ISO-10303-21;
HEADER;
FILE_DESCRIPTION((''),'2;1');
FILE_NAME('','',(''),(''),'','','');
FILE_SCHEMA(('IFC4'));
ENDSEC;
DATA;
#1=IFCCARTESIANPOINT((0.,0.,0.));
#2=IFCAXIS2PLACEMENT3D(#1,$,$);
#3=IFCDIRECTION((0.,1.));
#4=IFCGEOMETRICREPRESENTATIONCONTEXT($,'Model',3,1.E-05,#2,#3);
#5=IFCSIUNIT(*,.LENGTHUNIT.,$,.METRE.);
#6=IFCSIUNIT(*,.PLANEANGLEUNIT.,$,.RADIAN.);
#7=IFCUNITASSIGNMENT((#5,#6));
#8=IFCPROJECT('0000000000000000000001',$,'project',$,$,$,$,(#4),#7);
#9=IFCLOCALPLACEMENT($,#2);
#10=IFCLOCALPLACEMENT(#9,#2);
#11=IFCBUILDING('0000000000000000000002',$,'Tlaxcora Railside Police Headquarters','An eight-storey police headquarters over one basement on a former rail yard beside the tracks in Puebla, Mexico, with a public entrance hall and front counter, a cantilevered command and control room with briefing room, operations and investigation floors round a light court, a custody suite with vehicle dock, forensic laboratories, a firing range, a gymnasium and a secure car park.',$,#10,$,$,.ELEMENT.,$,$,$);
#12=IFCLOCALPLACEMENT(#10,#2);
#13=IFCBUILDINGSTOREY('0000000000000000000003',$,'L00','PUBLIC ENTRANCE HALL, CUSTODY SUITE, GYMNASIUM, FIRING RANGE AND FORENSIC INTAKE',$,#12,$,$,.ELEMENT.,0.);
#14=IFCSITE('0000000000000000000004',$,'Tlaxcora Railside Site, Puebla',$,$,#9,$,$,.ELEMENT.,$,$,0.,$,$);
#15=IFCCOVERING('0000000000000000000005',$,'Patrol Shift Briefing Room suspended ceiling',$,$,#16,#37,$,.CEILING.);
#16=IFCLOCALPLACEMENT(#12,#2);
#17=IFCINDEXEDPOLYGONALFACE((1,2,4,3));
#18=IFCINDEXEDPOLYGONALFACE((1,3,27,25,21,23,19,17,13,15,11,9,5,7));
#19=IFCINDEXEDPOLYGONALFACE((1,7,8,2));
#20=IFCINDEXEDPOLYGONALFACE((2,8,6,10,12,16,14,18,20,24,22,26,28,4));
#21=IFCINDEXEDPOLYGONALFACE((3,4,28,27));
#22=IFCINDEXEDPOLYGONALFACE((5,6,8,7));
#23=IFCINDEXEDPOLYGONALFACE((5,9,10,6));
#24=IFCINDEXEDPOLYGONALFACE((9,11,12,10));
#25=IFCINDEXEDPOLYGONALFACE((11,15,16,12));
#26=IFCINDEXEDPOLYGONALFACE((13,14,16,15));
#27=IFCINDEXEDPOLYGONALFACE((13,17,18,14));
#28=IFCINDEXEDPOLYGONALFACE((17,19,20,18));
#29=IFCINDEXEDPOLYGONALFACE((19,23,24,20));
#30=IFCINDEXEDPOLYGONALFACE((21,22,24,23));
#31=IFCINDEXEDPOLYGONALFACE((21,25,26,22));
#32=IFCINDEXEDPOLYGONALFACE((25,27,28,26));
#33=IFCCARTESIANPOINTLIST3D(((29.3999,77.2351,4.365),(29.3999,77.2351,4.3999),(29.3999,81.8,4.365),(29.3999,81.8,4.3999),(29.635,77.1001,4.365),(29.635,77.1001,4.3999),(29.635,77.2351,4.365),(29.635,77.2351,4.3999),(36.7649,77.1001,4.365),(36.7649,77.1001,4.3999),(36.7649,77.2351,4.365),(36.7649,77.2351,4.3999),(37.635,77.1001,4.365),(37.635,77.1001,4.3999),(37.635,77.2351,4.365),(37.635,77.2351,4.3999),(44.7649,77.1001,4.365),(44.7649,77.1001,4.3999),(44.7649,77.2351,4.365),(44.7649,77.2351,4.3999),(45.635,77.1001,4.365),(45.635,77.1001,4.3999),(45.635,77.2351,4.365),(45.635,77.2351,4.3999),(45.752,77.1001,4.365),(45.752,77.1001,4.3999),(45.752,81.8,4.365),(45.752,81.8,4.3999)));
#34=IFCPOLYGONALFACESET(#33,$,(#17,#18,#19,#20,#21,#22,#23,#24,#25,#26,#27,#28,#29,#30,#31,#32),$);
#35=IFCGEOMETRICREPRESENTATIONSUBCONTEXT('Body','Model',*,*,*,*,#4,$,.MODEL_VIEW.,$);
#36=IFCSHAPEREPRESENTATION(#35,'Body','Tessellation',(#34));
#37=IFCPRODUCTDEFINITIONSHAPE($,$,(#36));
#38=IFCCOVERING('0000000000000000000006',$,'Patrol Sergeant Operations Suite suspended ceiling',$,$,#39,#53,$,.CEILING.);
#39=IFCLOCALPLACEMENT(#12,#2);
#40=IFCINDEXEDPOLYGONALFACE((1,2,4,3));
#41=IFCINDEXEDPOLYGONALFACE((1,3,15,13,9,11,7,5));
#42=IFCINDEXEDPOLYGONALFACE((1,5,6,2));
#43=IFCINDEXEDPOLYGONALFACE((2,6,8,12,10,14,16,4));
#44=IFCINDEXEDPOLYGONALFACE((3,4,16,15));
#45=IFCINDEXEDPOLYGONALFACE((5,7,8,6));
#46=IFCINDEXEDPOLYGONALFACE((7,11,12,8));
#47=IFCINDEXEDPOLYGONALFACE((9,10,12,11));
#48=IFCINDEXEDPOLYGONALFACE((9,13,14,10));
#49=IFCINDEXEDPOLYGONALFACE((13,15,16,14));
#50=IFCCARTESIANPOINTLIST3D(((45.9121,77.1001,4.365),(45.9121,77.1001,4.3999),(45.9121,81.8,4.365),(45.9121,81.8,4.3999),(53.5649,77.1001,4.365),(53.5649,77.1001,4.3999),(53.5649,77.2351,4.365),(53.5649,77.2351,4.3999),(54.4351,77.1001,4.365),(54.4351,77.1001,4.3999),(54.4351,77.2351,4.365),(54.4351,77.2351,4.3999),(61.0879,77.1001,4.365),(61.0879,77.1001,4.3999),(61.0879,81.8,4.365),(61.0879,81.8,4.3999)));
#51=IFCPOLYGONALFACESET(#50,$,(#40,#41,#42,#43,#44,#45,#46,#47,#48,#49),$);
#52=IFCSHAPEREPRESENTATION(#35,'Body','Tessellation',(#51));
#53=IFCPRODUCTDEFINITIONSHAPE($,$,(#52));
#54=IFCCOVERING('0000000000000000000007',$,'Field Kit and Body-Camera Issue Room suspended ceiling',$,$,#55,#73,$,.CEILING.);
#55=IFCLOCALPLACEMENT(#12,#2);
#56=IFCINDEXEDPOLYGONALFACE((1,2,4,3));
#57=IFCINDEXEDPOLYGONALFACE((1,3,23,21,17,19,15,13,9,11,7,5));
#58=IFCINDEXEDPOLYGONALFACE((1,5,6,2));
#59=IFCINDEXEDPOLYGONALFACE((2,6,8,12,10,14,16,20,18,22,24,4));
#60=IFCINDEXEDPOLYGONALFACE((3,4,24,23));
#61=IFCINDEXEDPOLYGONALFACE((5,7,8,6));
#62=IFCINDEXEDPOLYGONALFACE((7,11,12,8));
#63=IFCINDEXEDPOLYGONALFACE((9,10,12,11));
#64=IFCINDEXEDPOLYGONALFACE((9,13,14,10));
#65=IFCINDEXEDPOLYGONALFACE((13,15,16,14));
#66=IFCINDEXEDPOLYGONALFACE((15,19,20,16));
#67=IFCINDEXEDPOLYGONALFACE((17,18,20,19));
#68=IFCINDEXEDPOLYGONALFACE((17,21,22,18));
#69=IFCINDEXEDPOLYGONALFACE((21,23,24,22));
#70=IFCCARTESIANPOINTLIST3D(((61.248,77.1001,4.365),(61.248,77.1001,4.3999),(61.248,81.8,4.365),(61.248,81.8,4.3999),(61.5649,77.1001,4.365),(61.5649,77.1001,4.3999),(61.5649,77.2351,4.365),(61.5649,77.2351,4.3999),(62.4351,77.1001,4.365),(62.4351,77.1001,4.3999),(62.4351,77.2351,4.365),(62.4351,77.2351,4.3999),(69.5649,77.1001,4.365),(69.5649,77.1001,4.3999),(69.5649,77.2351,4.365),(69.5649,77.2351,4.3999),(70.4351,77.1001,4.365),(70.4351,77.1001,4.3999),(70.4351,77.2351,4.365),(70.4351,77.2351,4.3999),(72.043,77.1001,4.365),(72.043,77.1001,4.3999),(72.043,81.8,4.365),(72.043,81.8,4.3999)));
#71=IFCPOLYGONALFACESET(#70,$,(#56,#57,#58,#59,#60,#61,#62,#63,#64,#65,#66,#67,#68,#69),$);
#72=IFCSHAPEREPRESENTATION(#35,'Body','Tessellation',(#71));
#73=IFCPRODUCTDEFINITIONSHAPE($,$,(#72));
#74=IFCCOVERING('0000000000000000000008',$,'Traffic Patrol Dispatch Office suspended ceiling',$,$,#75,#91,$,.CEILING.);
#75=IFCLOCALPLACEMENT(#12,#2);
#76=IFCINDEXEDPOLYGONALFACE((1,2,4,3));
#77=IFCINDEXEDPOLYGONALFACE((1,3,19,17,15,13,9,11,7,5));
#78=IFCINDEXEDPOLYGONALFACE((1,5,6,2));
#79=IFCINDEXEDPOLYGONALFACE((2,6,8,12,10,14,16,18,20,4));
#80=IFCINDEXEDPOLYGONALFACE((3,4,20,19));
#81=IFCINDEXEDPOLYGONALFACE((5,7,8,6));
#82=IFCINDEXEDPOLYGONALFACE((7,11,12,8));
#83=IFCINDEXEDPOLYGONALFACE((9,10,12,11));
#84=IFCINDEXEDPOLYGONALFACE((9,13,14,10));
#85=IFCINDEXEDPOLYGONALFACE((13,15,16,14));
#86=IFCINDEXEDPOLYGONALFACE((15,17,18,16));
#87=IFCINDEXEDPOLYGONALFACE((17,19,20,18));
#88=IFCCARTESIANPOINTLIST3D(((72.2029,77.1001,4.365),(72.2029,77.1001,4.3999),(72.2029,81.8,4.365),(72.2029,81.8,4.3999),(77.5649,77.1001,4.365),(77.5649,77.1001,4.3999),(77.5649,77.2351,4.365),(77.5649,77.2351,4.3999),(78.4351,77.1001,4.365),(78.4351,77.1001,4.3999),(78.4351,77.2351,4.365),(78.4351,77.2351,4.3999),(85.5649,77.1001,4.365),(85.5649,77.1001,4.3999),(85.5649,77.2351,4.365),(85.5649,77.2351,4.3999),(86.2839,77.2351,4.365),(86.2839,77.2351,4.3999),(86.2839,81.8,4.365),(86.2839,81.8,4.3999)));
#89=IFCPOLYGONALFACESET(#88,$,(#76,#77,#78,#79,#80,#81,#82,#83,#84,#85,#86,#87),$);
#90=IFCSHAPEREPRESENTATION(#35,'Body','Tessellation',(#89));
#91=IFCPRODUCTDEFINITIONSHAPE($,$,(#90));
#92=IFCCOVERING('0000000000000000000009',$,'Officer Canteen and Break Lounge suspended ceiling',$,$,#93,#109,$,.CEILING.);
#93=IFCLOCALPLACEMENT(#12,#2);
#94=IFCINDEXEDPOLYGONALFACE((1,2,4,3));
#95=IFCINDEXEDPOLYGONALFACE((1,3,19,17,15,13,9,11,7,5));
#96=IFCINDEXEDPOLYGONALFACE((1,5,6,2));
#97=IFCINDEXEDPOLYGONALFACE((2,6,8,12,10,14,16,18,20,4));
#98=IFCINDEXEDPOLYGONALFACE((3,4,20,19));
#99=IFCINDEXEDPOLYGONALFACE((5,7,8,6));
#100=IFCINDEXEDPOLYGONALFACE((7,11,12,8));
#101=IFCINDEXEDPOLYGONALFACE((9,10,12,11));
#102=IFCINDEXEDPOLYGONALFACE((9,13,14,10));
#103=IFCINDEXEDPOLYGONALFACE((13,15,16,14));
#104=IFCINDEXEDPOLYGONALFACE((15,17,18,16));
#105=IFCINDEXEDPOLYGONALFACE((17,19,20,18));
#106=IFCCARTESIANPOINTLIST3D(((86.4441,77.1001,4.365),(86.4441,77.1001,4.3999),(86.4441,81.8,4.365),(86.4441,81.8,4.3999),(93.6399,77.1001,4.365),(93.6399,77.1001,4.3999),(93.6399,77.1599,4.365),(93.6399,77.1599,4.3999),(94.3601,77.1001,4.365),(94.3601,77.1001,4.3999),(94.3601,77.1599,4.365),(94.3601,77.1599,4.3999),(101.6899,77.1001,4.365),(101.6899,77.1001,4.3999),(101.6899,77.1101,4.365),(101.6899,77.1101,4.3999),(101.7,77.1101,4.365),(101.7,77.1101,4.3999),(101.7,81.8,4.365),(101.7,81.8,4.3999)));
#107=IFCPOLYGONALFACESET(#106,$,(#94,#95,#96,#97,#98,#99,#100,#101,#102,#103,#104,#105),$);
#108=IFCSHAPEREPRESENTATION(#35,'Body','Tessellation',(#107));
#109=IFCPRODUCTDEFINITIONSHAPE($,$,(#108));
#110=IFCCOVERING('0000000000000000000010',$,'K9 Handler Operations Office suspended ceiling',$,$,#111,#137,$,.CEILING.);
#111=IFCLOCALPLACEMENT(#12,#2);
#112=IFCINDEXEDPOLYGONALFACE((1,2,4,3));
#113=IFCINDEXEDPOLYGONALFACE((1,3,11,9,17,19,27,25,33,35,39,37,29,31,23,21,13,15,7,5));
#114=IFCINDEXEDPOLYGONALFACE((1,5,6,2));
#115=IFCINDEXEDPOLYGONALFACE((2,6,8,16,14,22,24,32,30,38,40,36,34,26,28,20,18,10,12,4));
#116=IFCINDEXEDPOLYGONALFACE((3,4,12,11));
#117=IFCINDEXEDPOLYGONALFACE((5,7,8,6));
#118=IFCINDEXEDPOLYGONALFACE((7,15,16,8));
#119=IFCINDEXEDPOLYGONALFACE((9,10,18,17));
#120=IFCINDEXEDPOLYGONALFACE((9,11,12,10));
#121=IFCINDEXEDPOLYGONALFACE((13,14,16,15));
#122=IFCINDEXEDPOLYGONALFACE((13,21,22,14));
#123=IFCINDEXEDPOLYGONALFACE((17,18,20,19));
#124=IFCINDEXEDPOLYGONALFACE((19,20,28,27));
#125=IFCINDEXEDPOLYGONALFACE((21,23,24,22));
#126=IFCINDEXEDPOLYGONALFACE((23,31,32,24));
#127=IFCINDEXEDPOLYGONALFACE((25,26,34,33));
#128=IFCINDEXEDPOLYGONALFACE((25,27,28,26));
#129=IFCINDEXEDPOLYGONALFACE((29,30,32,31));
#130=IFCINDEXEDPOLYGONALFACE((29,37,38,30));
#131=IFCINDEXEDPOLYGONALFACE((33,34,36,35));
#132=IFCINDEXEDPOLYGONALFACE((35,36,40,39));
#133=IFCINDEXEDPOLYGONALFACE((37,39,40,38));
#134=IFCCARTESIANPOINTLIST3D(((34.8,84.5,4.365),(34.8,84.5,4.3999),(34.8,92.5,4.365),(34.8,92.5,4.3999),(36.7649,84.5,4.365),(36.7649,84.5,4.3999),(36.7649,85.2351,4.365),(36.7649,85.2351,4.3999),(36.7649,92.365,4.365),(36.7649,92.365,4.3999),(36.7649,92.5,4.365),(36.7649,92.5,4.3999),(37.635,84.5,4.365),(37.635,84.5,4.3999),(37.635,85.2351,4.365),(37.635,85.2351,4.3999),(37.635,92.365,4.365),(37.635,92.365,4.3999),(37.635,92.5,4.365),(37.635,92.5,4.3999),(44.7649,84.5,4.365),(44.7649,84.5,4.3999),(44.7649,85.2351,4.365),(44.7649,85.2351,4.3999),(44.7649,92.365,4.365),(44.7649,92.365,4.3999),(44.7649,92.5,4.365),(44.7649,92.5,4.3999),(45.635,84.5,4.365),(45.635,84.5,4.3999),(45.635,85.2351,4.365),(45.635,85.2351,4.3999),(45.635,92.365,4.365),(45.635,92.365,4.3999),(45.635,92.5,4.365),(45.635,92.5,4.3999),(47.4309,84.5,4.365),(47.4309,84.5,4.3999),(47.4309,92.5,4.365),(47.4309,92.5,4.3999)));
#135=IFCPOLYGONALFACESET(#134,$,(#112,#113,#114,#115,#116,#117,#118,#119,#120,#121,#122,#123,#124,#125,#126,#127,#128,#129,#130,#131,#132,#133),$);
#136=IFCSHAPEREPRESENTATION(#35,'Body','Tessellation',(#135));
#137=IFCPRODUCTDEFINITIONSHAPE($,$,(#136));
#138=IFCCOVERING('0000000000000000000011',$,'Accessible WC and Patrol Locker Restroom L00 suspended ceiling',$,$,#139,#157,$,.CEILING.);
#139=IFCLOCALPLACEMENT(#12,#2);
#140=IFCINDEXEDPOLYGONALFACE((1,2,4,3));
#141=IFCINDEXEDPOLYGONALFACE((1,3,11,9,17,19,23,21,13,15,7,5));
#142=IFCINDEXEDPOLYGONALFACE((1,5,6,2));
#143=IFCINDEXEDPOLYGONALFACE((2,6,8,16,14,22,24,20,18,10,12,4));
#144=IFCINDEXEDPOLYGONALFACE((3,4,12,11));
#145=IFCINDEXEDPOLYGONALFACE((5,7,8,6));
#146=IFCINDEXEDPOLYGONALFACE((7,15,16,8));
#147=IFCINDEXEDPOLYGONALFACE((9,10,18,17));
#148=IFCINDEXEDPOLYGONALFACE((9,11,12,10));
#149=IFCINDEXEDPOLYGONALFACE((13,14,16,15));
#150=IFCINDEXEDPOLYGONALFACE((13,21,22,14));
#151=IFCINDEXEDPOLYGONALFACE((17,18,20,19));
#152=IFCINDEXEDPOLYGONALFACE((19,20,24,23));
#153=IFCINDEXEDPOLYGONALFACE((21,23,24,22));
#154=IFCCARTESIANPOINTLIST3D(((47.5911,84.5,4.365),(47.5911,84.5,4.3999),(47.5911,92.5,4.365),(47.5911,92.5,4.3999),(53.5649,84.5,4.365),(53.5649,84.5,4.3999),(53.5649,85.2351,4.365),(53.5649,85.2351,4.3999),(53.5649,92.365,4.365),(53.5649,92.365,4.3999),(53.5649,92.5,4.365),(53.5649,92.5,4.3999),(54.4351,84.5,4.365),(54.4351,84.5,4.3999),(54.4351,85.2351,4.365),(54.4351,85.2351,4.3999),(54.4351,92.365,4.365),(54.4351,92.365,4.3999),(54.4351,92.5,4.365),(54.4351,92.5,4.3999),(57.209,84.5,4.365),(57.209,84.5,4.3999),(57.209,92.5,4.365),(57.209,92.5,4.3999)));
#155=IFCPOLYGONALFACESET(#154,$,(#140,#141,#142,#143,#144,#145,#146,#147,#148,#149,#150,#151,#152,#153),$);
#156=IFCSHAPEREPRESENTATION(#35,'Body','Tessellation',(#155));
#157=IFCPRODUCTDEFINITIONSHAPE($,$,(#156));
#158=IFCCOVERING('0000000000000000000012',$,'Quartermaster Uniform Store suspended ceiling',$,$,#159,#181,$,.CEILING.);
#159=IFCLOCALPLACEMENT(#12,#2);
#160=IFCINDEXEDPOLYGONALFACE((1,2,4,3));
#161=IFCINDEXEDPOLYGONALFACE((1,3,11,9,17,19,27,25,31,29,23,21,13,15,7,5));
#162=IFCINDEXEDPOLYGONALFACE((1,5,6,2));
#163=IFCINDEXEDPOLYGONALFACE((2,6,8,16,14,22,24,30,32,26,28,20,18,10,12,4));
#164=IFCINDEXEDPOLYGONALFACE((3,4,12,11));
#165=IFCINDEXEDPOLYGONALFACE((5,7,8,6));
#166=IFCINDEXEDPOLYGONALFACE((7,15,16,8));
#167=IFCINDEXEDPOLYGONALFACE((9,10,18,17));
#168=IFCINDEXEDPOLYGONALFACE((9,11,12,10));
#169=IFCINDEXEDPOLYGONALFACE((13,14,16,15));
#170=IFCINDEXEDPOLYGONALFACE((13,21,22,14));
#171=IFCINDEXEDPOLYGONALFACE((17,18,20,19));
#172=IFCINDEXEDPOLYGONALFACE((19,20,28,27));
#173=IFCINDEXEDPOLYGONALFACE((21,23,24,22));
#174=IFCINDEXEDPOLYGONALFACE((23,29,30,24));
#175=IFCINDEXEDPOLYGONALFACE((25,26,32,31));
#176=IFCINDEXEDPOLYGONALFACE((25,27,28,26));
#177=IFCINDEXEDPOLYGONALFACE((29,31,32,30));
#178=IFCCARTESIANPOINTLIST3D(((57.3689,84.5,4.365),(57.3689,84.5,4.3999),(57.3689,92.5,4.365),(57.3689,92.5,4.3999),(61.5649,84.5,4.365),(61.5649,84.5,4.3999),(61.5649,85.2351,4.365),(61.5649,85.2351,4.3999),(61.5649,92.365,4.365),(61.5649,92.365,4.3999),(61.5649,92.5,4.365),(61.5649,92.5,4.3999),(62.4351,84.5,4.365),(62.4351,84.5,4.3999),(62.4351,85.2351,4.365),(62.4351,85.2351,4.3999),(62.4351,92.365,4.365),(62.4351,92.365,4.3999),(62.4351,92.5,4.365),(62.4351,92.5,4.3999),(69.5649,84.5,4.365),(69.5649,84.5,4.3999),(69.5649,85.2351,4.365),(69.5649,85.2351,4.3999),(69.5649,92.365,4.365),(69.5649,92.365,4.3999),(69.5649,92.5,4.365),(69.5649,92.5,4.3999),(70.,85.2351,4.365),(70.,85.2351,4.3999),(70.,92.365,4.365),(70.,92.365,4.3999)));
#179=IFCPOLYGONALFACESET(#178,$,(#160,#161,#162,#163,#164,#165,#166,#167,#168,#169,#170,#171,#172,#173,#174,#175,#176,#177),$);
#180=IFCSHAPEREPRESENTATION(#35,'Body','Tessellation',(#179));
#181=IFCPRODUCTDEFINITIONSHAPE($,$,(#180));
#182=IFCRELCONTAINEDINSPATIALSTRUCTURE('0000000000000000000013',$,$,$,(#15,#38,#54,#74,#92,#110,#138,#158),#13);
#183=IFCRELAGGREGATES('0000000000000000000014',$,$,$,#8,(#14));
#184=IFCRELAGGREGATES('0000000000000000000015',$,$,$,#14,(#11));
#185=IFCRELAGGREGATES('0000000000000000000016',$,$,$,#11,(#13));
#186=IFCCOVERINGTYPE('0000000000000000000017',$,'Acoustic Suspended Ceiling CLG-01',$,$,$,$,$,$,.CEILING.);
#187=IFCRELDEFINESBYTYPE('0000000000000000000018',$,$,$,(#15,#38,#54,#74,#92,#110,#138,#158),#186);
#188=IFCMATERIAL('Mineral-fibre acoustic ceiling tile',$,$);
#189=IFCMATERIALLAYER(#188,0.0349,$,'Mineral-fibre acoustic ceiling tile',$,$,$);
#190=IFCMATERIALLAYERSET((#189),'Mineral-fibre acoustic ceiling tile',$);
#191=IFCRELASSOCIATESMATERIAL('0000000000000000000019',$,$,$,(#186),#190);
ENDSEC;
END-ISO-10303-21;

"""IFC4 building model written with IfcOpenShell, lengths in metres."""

from ifc_helpers import new_model, si_unit, direction, frame, origin, place, context, subcontext, project, spatial, polyline, outline, extrude, material, layer, layer_set, type_object, element, save


model = new_model("IFC4")

# Units and contexts
model_context = context("Model", 3, precision=1e-05, world=origin(), true_north=direction((0.0, 1.0)))
body_context = subcontext(model_context, "Body", "Model", "MODEL_VIEW")
ifc_project = project(units=[si_unit("LENGTHUNIT", "METRE"), si_unit("PLANEANGLEUNIT", "RADIAN")], contexts=[model_context])

# Site, building, storey
site_placement = place(None, origin())
site = spatial("IfcSite", under=ifc_project, at=site_placement, Name="Tlaxcora Railside Site, Puebla", CompositionType="ELEMENT", RefElevation=0.0)
building_placement = place(site_placement, origin())
building = spatial("IfcBuilding", under=site, at=building_placement, Name="Tlaxcora Railside Police Headquarters", Description="An eight-storey police headquarters over one basement on a former rail yard beside the tracks in Puebla, Mexico, with a public entrance hall and front counter, a cantilevered command and control room with briefing room, operations and investigation floors round a light court, a custody suite with vehicle dock, forensic laboratories, a firing range, a gymnasium and a secure car park.", CompositionType="ELEMENT")
storey_placement = place(building_placement, origin())
storey = spatial("IfcBuildingStorey", under=building, at=storey_placement, Name="L00", Description="PUBLIC ENTRANCE HALL, CUSTODY SUITE, GYMNASIUM, FIRING RANGE AND FORENSIC INTAKE", CompositionType="ELEMENT", Elevation=0.0)

# Coverings
ifc_material_1 = material(Name="Mineral-fibre acoustic ceiling tile")
ifc_layer_1 = layer(ifc_material_1, 0.0349, Name="Mineral-fibre acoustic ceiling tile")
ifc_layer_set_1 = layer_set([ifc_layer_1], Name="Mineral-fibre acoustic ceiling tile")
covering_type_1 = type_object("IfcCoveringType", Name="Acoustic Suspended Ceiling CLG-01", PredefinedType="CEILING", material=ifc_layer_set_1)
covering_1_placement = place(storey_placement, frame((0.0, 0.0, 4.365)))
element("IfcCovering", 1, at=covering_1_placement, inside=storey, type_object=covering_type_1, Name="Patrol Shift Briefing Room suspended ceiling", PredefinedType="CEILING", context=body_context, shape_type="SweptSolid", body=[
    extrude(outline(polyline([(45.752, 81.8), (29.3999, 81.8), (29.3999, 77.2351), (29.635, 77.2351), (29.635, 77.1001), (36.7649, 77.1001), (36.7649, 77.2351), (37.635, 77.2351), (37.635, 77.1001), (44.7649, 77.1001), (44.7649, 77.2351), (45.635, 77.2351), (45.635, 77.1001), (45.752, 77.1001), (45.752, 81.8)])), origin(), (0.0, 0.0, 1.0), 0.0349),
])
covering_2_placement = place(storey_placement, frame((0.0, 0.0, 4.365)))
element("IfcCovering", 2, at=covering_2_placement, inside=storey, type_object=covering_type_1, Name="Patrol Sergeant Operations Suite suspended ceiling", PredefinedType="CEILING", context=body_context, shape_type="SweptSolid", body=[
    extrude(outline(polyline([(45.9121, 77.1001), (53.5649, 77.1001), (53.5649, 77.2351), (54.4351, 77.2351), (54.4351, 77.1001), (61.0879, 77.1001), (61.0879, 81.8), (45.9121, 81.8), (45.9121, 77.1001)])), origin(), (0.0, 0.0, 1.0), 0.0349),
])
covering_3_placement = place(storey_placement, frame((0.0, 0.0, 4.365)))
element("IfcCovering", 3, at=covering_3_placement, inside=storey, type_object=covering_type_1, Name="Field Kit and Body-Camera Issue Room suspended ceiling", PredefinedType="CEILING", context=body_context, shape_type="SweptSolid", body=[
    extrude(outline(polyline([(61.248, 81.8), (61.248, 77.1001), (61.5649, 77.1001), (61.5649, 77.2351), (62.4351, 77.2351), (62.4351, 77.1001), (69.5649, 77.1001), (69.5649, 77.2351), (70.4351, 77.2351), (70.4351, 77.1001), (72.043, 77.1001), (72.043, 81.8), (61.248, 81.8)])), origin(), (0.0, 0.0, 1.0), 0.0349),
])
covering_4_placement = place(storey_placement, frame((0.0, 0.0, 4.365)))
element("IfcCovering", 4, at=covering_4_placement, inside=storey, type_object=covering_type_1, Name="Traffic Patrol Dispatch Office suspended ceiling", PredefinedType="CEILING", context=body_context, shape_type="SweptSolid", body=[
    extrude(outline(polyline([(72.2029, 81.8), (72.2029, 77.1001), (77.5649, 77.1001), (77.5649, 77.2351), (78.4351, 77.2351), (78.4351, 77.1001), (85.5649, 77.1001), (85.5649, 77.2351), (86.2839, 77.2351), (86.2839, 81.8), (72.2029, 81.8)])), origin(), (0.0, 0.0, 1.0), 0.0349),
])
covering_5_placement = place(storey_placement, frame((0.0, 0.0, 4.365)))
element("IfcCovering", 5, at=covering_5_placement, inside=storey, type_object=covering_type_1, Name="Officer Canteen and Break Lounge suspended ceiling", PredefinedType="CEILING", context=body_context, shape_type="SweptSolid", body=[
    extrude(outline(polyline([(86.4441, 81.8), (86.4441, 77.1001), (93.6399, 77.1001), (93.6399, 77.1599), (94.3601, 77.1599), (94.3601, 77.1001), (101.6899, 77.1001), (101.6899, 77.1101), (101.7, 77.1101), (101.7, 81.8), (86.4441, 81.8)])), origin(), (0.0, 0.0, 1.0), 0.0349),
])
covering_6_placement = place(storey_placement, frame((0.0, 0.0, 4.365)))
element("IfcCovering", 6, at=covering_6_placement, inside=storey, type_object=covering_type_1, Name="K9 Handler Operations Office suspended ceiling", PredefinedType="CEILING", context=body_context, shape_type="SweptSolid", body=[
    extrude(outline(polyline([(36.7649, 92.365), (36.7649, 92.5), (34.8, 92.5), (34.8, 84.5), (36.7649, 84.5), (36.7649, 85.2351), (37.635, 85.2351), (37.635, 84.5), (44.7649, 84.5), (44.7649, 85.2351), (45.635, 85.2351), (45.635, 84.5), (47.4309, 84.5), (47.4309, 92.5), (45.635, 92.5), (45.635, 92.365), (44.7649, 92.365), (44.7649, 92.5), (37.635, 92.5), (37.635, 92.365), (36.7649, 92.365)])), origin(), (0.0, 0.0, 1.0), 0.0349),
])
covering_7_placement = place(storey_placement, frame((0.0, 0.0, 4.365)))
element("IfcCovering", 7, at=covering_7_placement, inside=storey, type_object=covering_type_1, Name="Accessible WC and Patrol Locker Restroom L00 suspended ceiling", PredefinedType="CEILING", context=body_context, shape_type="SweptSolid", body=[
    extrude(outline(polyline([(47.5911, 92.5), (47.5911, 84.5), (53.5649, 84.5), (53.5649, 85.2351), (54.4351, 85.2351), (54.4351, 84.5), (57.209, 84.5), (57.209, 92.5), (54.4351, 92.5), (54.4351, 92.365), (53.5649, 92.365), (53.5649, 92.5), (47.5911, 92.5)])), origin(), (0.0, 0.0, 1.0), 0.0349),
])
covering_8_placement = place(storey_placement, frame((0.0, 0.0, 4.365)))
element("IfcCovering", 8, at=covering_8_placement, inside=storey, type_object=covering_type_1, Name="Quartermaster Uniform Store suspended ceiling", PredefinedType="CEILING", context=body_context, shape_type="SweptSolid", body=[
    extrude(outline(polyline([(61.5649, 92.365), (61.5649, 92.5), (57.3689, 92.5), (57.3689, 84.5), (61.5649, 84.5), (61.5649, 85.2351), (62.4351, 85.2351), (62.4351, 84.5), (69.5649, 84.5), (69.5649, 85.2351), (70.0, 85.2351), (70.0, 92.365), (69.5649, 92.365), (69.5649, 92.5), (62.4351, 92.5), (62.4351, 92.365), (61.5649, 92.365)])), origin(), (0.0, 0.0, 1.0), 0.0349),
])

save(model, "model.ifc")
